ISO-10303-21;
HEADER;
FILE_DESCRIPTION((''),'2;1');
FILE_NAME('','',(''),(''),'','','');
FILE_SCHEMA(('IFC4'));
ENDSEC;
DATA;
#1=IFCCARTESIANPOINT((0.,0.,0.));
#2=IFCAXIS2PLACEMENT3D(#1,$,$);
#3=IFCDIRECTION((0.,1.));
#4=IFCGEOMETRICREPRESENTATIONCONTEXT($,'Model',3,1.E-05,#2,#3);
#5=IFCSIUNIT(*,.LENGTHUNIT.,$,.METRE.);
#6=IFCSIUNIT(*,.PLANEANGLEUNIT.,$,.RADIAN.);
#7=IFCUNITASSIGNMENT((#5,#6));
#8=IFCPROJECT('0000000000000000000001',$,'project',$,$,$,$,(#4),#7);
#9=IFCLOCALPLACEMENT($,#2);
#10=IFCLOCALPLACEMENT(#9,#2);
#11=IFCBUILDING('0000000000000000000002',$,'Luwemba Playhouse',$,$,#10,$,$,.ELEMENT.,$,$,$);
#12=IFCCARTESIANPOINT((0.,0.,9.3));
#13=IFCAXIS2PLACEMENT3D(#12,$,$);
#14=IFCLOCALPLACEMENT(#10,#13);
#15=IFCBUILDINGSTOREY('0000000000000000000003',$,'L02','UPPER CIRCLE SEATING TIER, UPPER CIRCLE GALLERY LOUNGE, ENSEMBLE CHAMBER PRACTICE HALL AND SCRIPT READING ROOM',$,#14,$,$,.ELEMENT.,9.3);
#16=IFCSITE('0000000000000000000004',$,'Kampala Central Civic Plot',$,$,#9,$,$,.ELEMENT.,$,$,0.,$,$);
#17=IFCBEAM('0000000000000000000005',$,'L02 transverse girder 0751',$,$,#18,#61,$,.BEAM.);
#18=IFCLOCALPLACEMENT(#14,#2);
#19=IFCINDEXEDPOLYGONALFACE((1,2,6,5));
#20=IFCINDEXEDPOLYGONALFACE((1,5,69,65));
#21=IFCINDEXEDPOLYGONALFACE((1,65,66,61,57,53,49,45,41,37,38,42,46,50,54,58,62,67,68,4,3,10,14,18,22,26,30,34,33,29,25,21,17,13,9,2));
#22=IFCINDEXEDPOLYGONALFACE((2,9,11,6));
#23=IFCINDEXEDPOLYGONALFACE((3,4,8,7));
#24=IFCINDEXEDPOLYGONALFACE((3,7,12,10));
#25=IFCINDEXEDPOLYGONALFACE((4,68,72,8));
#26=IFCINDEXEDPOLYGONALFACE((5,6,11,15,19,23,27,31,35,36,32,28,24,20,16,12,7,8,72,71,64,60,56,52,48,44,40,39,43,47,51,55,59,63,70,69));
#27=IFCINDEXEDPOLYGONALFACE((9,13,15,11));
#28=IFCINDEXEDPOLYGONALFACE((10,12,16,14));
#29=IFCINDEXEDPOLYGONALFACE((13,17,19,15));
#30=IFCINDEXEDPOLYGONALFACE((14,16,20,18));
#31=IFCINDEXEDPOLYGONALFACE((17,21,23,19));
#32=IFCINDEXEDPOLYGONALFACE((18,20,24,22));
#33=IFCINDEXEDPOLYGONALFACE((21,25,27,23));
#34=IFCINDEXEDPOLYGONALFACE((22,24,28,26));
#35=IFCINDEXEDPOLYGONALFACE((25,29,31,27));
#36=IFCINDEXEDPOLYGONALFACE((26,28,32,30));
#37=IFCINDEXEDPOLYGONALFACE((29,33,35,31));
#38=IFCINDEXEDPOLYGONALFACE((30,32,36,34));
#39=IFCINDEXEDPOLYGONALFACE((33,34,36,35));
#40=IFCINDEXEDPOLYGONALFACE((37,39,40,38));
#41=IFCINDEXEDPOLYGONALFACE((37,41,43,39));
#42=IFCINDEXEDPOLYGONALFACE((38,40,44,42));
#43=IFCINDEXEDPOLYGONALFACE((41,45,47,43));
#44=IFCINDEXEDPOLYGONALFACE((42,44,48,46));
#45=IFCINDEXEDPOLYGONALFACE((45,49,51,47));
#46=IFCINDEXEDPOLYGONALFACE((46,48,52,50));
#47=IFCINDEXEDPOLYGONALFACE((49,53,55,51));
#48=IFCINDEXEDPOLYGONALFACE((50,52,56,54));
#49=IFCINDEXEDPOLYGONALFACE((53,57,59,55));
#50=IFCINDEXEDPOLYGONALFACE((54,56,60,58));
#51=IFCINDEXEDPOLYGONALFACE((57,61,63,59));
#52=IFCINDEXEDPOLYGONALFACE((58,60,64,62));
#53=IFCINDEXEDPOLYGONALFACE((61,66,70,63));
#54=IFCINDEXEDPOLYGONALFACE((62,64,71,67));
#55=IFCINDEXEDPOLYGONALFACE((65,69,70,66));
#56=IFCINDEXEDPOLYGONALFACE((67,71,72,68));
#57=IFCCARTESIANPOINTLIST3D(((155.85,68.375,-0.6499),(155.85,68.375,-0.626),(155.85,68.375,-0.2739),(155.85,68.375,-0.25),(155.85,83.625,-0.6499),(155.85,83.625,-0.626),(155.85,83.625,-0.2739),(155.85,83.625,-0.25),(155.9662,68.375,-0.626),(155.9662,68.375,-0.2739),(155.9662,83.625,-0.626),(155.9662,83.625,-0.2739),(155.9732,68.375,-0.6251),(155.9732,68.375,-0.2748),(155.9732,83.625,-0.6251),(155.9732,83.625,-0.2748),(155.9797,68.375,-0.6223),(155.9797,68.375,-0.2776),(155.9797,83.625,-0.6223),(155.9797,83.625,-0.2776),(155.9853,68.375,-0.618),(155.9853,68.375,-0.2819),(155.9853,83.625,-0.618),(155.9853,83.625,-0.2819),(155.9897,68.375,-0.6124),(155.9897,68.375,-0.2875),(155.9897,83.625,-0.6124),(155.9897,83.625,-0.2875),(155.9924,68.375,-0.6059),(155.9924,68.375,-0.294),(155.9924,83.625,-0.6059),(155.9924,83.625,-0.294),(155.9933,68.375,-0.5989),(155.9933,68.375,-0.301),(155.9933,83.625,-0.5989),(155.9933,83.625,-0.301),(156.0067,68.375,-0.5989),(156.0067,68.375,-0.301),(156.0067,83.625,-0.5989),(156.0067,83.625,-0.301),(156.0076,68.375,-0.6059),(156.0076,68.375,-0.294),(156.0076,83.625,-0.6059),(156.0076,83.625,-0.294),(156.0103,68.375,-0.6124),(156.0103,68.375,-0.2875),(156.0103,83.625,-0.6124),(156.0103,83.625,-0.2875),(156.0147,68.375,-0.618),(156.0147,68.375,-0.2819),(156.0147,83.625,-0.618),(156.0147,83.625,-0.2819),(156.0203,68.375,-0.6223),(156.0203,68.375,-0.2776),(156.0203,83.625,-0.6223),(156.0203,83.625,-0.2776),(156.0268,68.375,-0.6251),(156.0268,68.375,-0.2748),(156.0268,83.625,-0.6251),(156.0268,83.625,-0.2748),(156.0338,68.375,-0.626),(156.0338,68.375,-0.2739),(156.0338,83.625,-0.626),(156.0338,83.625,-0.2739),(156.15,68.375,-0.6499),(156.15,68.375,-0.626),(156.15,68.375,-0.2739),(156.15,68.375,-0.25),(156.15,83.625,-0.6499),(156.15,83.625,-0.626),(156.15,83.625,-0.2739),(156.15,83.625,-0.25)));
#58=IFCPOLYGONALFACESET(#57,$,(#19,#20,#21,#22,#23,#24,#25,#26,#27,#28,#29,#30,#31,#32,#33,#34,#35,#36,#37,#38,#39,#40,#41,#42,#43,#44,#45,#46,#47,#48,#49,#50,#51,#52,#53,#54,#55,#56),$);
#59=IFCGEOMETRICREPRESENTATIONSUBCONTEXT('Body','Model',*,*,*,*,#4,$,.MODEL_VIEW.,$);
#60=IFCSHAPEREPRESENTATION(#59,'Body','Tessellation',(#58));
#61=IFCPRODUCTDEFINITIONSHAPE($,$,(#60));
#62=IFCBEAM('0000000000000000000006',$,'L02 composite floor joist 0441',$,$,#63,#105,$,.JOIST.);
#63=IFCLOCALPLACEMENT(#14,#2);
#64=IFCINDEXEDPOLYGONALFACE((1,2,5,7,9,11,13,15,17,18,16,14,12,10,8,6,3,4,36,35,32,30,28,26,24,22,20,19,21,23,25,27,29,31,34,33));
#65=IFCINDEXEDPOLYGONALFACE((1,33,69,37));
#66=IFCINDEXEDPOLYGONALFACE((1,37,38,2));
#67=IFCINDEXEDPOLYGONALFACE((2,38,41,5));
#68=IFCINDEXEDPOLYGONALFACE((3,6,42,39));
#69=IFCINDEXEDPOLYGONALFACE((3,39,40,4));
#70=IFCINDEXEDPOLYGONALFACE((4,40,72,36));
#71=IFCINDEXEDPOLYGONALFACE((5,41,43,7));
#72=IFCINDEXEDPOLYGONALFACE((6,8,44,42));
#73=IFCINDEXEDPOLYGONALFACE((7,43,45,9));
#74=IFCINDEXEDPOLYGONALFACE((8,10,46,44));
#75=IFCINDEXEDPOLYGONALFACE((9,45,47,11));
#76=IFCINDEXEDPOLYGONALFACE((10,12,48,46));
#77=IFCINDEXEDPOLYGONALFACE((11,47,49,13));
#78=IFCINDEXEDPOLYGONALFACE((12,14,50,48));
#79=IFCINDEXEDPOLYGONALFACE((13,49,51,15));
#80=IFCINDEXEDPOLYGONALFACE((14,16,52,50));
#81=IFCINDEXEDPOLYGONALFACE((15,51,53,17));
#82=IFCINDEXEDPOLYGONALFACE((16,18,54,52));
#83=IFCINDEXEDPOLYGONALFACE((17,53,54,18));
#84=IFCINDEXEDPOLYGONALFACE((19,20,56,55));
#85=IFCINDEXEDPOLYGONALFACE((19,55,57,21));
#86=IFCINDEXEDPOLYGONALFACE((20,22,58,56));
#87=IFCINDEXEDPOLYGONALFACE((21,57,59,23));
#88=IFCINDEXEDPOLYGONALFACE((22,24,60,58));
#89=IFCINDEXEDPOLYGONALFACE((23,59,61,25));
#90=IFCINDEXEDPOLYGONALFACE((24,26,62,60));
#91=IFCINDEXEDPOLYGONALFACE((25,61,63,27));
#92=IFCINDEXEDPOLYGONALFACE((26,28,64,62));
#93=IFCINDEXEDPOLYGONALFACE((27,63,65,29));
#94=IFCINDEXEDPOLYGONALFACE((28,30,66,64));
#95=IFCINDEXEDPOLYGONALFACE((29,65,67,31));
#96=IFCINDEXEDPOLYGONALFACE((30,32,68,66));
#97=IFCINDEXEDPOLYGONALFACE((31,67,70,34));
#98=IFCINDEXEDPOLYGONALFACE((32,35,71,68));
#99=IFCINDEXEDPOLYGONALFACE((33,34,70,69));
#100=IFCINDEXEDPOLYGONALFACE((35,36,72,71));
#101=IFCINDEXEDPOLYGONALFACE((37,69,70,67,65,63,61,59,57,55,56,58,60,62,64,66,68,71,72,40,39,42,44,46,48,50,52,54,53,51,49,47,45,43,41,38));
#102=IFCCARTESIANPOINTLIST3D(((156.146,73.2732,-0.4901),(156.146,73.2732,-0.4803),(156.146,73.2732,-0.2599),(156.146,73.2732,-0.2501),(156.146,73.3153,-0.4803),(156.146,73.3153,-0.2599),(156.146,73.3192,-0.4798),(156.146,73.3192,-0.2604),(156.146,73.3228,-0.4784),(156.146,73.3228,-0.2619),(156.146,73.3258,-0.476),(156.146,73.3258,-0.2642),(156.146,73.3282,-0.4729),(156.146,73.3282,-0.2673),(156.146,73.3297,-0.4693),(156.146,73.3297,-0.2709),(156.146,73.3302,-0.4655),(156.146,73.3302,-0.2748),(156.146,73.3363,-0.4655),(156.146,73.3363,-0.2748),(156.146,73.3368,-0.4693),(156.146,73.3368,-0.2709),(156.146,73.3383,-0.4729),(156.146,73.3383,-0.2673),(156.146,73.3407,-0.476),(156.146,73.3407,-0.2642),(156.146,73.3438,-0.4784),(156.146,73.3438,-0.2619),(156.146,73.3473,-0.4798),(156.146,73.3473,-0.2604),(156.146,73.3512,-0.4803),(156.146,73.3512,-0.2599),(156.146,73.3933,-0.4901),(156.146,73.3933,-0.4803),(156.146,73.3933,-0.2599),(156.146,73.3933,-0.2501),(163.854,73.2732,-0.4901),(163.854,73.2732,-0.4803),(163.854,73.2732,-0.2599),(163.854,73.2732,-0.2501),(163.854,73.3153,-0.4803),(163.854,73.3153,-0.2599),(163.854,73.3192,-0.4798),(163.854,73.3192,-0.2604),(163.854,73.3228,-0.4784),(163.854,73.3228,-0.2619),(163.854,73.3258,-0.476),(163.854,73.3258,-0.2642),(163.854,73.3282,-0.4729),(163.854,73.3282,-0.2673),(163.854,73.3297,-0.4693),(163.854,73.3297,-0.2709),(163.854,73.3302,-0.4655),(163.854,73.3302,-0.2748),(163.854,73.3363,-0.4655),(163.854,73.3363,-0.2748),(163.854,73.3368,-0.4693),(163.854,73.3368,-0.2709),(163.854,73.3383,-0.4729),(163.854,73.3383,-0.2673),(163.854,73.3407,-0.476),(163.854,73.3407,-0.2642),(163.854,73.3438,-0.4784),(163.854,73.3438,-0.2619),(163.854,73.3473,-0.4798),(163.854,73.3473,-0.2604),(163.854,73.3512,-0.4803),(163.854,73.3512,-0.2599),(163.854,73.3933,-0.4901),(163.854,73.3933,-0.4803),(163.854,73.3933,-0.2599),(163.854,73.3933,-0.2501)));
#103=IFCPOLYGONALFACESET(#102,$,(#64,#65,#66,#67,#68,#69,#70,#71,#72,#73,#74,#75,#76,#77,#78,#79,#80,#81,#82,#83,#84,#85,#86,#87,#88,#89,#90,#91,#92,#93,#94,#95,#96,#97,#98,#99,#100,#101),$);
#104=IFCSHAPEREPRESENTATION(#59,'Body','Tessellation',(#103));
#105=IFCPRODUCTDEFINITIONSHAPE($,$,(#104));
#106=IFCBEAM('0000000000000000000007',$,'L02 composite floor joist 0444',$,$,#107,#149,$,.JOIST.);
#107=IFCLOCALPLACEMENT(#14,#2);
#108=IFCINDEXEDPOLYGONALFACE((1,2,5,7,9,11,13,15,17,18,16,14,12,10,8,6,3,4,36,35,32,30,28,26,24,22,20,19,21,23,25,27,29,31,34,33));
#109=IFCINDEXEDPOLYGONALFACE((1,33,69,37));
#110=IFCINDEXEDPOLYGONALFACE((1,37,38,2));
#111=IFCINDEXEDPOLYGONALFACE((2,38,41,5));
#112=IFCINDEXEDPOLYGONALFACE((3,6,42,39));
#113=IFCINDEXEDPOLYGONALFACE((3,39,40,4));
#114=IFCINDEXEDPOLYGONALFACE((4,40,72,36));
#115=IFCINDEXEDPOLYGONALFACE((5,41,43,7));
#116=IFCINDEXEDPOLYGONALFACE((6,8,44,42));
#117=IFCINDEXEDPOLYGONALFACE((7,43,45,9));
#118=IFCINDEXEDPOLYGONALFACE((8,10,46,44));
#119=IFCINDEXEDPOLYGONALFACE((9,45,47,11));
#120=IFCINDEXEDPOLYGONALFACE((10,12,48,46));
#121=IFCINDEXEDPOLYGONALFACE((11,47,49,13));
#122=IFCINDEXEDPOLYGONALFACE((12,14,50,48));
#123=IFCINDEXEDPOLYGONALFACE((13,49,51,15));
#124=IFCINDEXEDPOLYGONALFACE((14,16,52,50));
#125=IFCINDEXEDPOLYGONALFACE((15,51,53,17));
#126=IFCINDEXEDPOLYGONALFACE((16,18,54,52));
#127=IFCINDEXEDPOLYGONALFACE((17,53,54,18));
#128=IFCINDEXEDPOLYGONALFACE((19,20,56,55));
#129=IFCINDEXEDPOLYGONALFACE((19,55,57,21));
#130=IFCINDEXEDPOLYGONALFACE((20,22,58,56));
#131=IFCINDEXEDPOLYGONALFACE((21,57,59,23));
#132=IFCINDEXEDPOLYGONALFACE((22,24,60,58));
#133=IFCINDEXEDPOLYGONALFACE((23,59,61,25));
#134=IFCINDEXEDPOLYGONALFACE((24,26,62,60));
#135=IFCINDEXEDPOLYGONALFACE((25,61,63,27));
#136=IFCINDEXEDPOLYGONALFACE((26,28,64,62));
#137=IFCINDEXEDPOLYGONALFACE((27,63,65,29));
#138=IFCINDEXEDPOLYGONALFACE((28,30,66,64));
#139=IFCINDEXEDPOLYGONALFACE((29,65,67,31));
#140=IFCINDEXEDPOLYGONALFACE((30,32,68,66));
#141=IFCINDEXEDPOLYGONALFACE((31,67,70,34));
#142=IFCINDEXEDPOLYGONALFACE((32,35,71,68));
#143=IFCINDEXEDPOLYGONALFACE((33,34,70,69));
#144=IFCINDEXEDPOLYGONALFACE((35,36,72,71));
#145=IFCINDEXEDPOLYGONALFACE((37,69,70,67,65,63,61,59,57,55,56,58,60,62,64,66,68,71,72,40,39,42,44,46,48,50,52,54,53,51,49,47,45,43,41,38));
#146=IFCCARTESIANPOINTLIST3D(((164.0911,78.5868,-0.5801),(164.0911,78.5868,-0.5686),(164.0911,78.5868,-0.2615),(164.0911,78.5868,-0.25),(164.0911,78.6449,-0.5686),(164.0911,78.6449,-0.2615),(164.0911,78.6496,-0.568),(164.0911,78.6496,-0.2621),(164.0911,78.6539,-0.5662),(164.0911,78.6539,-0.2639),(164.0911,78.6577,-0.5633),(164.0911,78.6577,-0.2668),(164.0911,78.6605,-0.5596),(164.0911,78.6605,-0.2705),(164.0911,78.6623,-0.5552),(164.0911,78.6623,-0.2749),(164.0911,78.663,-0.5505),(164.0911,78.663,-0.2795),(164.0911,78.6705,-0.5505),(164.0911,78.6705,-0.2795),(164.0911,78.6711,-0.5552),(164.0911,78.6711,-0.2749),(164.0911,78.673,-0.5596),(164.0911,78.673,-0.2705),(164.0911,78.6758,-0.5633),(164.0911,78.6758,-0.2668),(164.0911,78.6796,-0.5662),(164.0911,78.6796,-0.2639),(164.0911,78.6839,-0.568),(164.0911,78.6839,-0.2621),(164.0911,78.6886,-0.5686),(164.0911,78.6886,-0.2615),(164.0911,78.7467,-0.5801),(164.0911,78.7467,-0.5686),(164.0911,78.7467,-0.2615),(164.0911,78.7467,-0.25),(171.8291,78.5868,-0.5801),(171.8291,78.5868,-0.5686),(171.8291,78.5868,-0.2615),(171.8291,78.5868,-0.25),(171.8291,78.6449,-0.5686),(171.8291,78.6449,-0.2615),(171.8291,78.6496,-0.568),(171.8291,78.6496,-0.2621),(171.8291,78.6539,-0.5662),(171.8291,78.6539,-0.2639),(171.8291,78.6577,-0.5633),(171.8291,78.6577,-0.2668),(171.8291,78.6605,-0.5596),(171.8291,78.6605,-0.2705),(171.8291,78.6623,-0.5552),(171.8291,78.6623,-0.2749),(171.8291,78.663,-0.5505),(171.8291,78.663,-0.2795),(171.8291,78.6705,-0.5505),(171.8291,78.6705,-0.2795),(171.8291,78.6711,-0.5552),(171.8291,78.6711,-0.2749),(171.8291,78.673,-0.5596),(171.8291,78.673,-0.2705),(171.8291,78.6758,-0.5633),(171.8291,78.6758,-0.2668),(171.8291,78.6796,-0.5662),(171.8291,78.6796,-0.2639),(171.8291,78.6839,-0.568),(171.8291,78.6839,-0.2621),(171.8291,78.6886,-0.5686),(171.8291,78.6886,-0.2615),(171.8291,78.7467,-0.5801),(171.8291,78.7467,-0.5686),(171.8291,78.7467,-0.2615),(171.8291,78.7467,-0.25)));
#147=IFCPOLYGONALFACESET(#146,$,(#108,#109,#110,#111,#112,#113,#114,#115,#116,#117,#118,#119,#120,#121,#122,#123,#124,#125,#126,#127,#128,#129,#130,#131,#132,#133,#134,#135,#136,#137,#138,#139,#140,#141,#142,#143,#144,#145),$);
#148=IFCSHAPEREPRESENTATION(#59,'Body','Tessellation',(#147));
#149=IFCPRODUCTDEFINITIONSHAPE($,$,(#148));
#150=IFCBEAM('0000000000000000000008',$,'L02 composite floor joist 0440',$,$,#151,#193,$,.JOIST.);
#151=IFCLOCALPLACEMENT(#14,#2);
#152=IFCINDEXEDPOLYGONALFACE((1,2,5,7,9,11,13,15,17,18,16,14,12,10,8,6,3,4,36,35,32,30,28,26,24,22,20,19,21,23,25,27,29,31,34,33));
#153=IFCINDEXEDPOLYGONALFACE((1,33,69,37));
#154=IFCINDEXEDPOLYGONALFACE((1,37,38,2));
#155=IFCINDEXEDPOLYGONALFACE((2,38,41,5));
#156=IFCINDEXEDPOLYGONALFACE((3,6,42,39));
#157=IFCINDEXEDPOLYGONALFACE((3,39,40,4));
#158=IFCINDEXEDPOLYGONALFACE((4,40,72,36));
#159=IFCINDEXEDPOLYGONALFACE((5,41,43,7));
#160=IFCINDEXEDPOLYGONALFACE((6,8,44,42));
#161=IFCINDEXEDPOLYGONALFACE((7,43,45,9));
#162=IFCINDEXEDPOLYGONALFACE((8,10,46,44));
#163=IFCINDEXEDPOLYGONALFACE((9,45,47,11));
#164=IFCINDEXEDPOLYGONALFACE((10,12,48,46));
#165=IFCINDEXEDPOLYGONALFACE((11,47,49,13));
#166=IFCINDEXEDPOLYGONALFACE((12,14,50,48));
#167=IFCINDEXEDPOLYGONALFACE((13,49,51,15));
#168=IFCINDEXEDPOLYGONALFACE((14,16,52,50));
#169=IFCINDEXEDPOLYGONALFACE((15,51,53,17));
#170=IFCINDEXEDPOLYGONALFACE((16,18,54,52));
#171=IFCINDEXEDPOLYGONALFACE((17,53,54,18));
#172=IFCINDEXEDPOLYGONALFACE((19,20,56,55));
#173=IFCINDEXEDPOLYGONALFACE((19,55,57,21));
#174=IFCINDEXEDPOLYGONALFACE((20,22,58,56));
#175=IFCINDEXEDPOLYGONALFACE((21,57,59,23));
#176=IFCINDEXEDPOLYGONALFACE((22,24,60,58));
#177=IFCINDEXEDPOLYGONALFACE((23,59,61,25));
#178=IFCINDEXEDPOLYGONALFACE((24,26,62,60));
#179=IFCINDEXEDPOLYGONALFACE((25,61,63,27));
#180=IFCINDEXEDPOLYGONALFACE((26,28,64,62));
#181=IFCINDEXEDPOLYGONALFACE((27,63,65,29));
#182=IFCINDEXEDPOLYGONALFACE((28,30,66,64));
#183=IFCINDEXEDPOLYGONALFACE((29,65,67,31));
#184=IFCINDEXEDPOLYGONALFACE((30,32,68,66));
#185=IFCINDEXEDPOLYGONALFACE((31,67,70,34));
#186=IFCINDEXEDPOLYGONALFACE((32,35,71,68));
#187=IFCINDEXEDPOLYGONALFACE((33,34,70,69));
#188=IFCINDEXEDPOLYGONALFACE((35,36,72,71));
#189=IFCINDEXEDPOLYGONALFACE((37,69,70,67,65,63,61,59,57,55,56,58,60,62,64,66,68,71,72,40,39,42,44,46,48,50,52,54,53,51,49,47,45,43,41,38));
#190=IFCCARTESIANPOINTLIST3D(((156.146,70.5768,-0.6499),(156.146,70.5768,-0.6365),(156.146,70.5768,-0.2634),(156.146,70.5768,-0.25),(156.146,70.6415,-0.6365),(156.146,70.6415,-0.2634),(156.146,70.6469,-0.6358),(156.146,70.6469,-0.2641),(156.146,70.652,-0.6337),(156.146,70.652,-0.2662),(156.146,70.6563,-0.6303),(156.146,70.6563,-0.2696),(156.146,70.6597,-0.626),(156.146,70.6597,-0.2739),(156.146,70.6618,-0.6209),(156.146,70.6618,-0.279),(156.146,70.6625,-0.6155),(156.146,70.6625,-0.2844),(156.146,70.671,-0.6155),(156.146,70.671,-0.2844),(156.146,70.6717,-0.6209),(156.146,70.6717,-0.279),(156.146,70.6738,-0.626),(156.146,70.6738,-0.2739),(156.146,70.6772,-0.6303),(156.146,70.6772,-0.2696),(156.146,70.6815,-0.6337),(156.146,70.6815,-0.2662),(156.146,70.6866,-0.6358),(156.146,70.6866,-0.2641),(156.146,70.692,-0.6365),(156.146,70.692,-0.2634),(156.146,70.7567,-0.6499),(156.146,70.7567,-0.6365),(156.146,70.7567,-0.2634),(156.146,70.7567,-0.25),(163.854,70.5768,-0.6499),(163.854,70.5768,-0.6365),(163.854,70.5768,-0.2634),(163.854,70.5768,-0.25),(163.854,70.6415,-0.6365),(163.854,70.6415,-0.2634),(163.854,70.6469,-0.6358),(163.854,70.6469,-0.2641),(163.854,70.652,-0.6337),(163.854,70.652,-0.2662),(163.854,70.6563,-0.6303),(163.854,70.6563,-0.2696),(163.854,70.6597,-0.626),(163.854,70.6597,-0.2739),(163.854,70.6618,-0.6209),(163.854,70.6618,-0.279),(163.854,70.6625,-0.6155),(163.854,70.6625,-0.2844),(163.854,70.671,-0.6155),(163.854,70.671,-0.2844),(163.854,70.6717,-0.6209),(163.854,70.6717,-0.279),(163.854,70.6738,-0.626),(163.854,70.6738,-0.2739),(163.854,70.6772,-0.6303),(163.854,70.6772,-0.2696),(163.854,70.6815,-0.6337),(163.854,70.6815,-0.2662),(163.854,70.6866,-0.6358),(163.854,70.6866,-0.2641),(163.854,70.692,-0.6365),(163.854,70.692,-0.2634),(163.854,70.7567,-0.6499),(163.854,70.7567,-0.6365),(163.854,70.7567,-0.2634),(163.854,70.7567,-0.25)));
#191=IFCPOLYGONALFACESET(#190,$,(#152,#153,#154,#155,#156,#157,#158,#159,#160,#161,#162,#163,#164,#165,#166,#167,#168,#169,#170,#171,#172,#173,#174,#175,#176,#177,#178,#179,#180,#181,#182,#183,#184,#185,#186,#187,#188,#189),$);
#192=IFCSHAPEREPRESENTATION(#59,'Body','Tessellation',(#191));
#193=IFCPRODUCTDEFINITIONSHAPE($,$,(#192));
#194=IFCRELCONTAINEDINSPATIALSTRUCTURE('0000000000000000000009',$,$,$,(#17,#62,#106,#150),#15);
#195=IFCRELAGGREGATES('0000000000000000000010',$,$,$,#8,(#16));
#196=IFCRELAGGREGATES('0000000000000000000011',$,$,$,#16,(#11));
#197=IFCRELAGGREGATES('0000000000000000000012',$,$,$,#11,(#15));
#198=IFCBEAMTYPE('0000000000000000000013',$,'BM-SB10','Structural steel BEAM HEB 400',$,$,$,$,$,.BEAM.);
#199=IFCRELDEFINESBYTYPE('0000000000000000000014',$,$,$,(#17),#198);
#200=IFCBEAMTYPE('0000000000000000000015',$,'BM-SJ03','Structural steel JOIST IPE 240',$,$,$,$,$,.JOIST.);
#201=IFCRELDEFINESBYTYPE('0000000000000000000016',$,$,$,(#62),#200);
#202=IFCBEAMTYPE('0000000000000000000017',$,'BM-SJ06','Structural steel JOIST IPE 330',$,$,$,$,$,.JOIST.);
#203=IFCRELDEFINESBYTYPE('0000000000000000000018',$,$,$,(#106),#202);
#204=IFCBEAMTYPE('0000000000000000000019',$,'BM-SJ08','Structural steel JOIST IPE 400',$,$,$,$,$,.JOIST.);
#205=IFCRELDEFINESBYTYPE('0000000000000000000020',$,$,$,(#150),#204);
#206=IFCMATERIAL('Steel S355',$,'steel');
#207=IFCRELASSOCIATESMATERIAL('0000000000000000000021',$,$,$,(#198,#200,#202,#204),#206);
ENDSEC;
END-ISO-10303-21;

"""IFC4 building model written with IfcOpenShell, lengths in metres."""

from ifc_helpers import new_model, si_unit, direction, frame, origin, origin_2d, place, context, subcontext, project, spatial, i_section, extrude, material, material_profile, profile_set, type_object, element, save


model = new_model("IFC4")

# Units and contexts
model_context = context("Model", 3, precision=1e-05, world=origin(), true_north=direction((0.0, 1.0)))
body_context = subcontext(model_context, "Body", "Model", "MODEL_VIEW")
ifc_project = project(units=[si_unit("LENGTHUNIT", "METRE"), si_unit("PLANEANGLEUNIT", "RADIAN")], contexts=[model_context])

# Site, building, storey
site_placement = place(None, origin())
site = spatial("IfcSite", under=ifc_project, at=site_placement, Name="Kampala Central Civic Plot", CompositionType="ELEMENT", RefElevation=0.0)
building_placement = place(site_placement, origin())
building = spatial("IfcBuilding", under=site, at=building_placement, Name="Luwemba Playhouse", CompositionType="ELEMENT")
storey_placement = place(building_placement, frame((0.0, 0.0, 9.3)))
storey = spatial("IfcBuildingStorey", under=building, at=storey_placement, Name="L02", Description="UPPER CIRCLE SEATING TIER, UPPER CIRCLE GALLERY LOUNGE, ENSEMBLE CHAMBER PRACTICE HALL AND SCRIPT READING ROOM", CompositionType="ELEMENT", Elevation=9.3)

# Beams
ifc_material_1 = material(Name="Steel S355", Category="steel")
ifc_material_profile_1 = material_profile(ifc_material_1, i_section(OverallWidth=0.3, OverallDepth=0.3999, WebThickness=0.0134, FlangeThickness=0.0239, FilletRadius=0.0271, at=origin_2d()))
ifc_profile_set_1 = profile_set([ifc_material_profile_1], Name="Steel S355")
beam_type_1 = type_object("IfcBeamType", Name="BM-SB10", Description="Structural steel BEAM HEB 400", PredefinedType="BEAM", material=ifc_profile_set_1)
beam_1_placement = place(storey_placement, frame((156.0, 68.375, -0.45), z_axis=(0.0, 1.0, 0.0), x_axis=(-1.0, 0.0, 0.0)))
element("IfcBeam", 1, at=beam_1_placement, inside=storey, type_object=beam_type_1, Name="L02 transverse girder 0751", PredefinedType="BEAM", context=body_context, shape_type="SweptSolid", body=[
    extrude(i_section(OverallWidth=0.3, OverallDepth=0.3999, WebThickness=0.0134, FlangeThickness=0.0239, FilletRadius=0.0271, at=origin_2d()), origin(), (0.0, 0.0, 1.0), 15.25),
])
ifc_material_profile_2 = material_profile(ifc_material_1, i_section(OverallWidth=0.1201, OverallDepth=0.24, WebThickness=0.0061, FlangeThickness=0.0098, FilletRadius=0.0149, at=origin_2d()))
ifc_profile_set_2 = profile_set([ifc_material_profile_2], Name="Steel S355")
beam_type_2 = type_object("IfcBeamType", Name="BM-SJ03", Description="Structural steel JOIST IPE 240", PredefinedType="JOIST", material=ifc_profile_set_2)
beam_2_placement = place(storey_placement, frame((156.146, 73.3333, -0.3701), z_axis=(1.0, 0.0, 0.0), x_axis=(0.0, 1.0, 0.0)))
element("IfcBeam", 2, at=beam_2_placement, inside=storey, type_object=beam_type_2, Name="L02 composite floor joist 0441", PredefinedType="JOIST", context=body_context, shape_type="SweptSolid", body=[
    extrude(i_section(OverallWidth=0.1201, OverallDepth=0.24, WebThickness=0.0061, FlangeThickness=0.0098, FilletRadius=0.0149, at=origin_2d()), origin(), (0.0, 0.0, 1.0), 7.708),
])
ifc_material_profile_3 = material_profile(ifc_material_1, i_section(OverallWidth=0.1599, OverallDepth=0.3301, WebThickness=0.0076, FlangeThickness=0.0115, FilletRadius=0.0181, at=origin_2d()))
ifc_profile_set_3 = profile_set([ifc_material_profile_3], Name="Steel S355")
beam_type_3 = type_object("IfcBeamType", Name="BM-SJ06", Description="Structural steel JOIST IPE 330", PredefinedType="JOIST", material=ifc_profile_set_3)
beam_3_placement = place(storey_placement, frame((164.0911, 78.6667, -0.415), z_axis=(1.0, 0.0, 0.0), x_axis=(0.0, 1.0, 0.0)))
element("IfcBeam", 3, at=beam_3_placement, inside=storey, type_object=beam_type_3, Name="L02 composite floor joist 0444", PredefinedType="JOIST", context=body_context, shape_type="SweptSolid", body=[
    extrude(i_section(OverallWidth=0.1599, OverallDepth=0.3301, WebThickness=0.0076, FlangeThickness=0.0115, FilletRadius=0.0181, at=origin_2d()), origin(), (0.0, 0.0, 1.0), 7.738),
])
ifc_material_profile_4 = material_profile(ifc_material_1, i_section(OverallWidth=0.1799, OverallDepth=0.3999, WebThickness=0.0085, FlangeThickness=0.0134, FilletRadius=0.021, at=origin_2d()))
ifc_profile_set_4 = profile_set([ifc_material_profile_4], Name="Steel S355")
beam_type_4 = type_object("IfcBeamType", Name="BM-SJ08", Description="Structural steel JOIST IPE 400", PredefinedType="JOIST", material=ifc_profile_set_4)
beam_4_placement = place(storey_placement, frame((156.146, 70.6667, -0.45), z_axis=(1.0, 0.0, 0.0), x_axis=(0.0, 1.0, 0.0)))
element("IfcBeam", 4, at=beam_4_placement, inside=storey, type_object=beam_type_4, Name="L02 composite floor joist 0440", PredefinedType="JOIST", context=body_context, shape_type="SweptSolid", body=[
    extrude(i_section(OverallWidth=0.1799, OverallDepth=0.3999, WebThickness=0.0085, FlangeThickness=0.0134, FilletRadius=0.021, at=origin_2d()), origin(), (0.0, 0.0, 1.0), 7.708),
])

save(model, "model.ifc")
